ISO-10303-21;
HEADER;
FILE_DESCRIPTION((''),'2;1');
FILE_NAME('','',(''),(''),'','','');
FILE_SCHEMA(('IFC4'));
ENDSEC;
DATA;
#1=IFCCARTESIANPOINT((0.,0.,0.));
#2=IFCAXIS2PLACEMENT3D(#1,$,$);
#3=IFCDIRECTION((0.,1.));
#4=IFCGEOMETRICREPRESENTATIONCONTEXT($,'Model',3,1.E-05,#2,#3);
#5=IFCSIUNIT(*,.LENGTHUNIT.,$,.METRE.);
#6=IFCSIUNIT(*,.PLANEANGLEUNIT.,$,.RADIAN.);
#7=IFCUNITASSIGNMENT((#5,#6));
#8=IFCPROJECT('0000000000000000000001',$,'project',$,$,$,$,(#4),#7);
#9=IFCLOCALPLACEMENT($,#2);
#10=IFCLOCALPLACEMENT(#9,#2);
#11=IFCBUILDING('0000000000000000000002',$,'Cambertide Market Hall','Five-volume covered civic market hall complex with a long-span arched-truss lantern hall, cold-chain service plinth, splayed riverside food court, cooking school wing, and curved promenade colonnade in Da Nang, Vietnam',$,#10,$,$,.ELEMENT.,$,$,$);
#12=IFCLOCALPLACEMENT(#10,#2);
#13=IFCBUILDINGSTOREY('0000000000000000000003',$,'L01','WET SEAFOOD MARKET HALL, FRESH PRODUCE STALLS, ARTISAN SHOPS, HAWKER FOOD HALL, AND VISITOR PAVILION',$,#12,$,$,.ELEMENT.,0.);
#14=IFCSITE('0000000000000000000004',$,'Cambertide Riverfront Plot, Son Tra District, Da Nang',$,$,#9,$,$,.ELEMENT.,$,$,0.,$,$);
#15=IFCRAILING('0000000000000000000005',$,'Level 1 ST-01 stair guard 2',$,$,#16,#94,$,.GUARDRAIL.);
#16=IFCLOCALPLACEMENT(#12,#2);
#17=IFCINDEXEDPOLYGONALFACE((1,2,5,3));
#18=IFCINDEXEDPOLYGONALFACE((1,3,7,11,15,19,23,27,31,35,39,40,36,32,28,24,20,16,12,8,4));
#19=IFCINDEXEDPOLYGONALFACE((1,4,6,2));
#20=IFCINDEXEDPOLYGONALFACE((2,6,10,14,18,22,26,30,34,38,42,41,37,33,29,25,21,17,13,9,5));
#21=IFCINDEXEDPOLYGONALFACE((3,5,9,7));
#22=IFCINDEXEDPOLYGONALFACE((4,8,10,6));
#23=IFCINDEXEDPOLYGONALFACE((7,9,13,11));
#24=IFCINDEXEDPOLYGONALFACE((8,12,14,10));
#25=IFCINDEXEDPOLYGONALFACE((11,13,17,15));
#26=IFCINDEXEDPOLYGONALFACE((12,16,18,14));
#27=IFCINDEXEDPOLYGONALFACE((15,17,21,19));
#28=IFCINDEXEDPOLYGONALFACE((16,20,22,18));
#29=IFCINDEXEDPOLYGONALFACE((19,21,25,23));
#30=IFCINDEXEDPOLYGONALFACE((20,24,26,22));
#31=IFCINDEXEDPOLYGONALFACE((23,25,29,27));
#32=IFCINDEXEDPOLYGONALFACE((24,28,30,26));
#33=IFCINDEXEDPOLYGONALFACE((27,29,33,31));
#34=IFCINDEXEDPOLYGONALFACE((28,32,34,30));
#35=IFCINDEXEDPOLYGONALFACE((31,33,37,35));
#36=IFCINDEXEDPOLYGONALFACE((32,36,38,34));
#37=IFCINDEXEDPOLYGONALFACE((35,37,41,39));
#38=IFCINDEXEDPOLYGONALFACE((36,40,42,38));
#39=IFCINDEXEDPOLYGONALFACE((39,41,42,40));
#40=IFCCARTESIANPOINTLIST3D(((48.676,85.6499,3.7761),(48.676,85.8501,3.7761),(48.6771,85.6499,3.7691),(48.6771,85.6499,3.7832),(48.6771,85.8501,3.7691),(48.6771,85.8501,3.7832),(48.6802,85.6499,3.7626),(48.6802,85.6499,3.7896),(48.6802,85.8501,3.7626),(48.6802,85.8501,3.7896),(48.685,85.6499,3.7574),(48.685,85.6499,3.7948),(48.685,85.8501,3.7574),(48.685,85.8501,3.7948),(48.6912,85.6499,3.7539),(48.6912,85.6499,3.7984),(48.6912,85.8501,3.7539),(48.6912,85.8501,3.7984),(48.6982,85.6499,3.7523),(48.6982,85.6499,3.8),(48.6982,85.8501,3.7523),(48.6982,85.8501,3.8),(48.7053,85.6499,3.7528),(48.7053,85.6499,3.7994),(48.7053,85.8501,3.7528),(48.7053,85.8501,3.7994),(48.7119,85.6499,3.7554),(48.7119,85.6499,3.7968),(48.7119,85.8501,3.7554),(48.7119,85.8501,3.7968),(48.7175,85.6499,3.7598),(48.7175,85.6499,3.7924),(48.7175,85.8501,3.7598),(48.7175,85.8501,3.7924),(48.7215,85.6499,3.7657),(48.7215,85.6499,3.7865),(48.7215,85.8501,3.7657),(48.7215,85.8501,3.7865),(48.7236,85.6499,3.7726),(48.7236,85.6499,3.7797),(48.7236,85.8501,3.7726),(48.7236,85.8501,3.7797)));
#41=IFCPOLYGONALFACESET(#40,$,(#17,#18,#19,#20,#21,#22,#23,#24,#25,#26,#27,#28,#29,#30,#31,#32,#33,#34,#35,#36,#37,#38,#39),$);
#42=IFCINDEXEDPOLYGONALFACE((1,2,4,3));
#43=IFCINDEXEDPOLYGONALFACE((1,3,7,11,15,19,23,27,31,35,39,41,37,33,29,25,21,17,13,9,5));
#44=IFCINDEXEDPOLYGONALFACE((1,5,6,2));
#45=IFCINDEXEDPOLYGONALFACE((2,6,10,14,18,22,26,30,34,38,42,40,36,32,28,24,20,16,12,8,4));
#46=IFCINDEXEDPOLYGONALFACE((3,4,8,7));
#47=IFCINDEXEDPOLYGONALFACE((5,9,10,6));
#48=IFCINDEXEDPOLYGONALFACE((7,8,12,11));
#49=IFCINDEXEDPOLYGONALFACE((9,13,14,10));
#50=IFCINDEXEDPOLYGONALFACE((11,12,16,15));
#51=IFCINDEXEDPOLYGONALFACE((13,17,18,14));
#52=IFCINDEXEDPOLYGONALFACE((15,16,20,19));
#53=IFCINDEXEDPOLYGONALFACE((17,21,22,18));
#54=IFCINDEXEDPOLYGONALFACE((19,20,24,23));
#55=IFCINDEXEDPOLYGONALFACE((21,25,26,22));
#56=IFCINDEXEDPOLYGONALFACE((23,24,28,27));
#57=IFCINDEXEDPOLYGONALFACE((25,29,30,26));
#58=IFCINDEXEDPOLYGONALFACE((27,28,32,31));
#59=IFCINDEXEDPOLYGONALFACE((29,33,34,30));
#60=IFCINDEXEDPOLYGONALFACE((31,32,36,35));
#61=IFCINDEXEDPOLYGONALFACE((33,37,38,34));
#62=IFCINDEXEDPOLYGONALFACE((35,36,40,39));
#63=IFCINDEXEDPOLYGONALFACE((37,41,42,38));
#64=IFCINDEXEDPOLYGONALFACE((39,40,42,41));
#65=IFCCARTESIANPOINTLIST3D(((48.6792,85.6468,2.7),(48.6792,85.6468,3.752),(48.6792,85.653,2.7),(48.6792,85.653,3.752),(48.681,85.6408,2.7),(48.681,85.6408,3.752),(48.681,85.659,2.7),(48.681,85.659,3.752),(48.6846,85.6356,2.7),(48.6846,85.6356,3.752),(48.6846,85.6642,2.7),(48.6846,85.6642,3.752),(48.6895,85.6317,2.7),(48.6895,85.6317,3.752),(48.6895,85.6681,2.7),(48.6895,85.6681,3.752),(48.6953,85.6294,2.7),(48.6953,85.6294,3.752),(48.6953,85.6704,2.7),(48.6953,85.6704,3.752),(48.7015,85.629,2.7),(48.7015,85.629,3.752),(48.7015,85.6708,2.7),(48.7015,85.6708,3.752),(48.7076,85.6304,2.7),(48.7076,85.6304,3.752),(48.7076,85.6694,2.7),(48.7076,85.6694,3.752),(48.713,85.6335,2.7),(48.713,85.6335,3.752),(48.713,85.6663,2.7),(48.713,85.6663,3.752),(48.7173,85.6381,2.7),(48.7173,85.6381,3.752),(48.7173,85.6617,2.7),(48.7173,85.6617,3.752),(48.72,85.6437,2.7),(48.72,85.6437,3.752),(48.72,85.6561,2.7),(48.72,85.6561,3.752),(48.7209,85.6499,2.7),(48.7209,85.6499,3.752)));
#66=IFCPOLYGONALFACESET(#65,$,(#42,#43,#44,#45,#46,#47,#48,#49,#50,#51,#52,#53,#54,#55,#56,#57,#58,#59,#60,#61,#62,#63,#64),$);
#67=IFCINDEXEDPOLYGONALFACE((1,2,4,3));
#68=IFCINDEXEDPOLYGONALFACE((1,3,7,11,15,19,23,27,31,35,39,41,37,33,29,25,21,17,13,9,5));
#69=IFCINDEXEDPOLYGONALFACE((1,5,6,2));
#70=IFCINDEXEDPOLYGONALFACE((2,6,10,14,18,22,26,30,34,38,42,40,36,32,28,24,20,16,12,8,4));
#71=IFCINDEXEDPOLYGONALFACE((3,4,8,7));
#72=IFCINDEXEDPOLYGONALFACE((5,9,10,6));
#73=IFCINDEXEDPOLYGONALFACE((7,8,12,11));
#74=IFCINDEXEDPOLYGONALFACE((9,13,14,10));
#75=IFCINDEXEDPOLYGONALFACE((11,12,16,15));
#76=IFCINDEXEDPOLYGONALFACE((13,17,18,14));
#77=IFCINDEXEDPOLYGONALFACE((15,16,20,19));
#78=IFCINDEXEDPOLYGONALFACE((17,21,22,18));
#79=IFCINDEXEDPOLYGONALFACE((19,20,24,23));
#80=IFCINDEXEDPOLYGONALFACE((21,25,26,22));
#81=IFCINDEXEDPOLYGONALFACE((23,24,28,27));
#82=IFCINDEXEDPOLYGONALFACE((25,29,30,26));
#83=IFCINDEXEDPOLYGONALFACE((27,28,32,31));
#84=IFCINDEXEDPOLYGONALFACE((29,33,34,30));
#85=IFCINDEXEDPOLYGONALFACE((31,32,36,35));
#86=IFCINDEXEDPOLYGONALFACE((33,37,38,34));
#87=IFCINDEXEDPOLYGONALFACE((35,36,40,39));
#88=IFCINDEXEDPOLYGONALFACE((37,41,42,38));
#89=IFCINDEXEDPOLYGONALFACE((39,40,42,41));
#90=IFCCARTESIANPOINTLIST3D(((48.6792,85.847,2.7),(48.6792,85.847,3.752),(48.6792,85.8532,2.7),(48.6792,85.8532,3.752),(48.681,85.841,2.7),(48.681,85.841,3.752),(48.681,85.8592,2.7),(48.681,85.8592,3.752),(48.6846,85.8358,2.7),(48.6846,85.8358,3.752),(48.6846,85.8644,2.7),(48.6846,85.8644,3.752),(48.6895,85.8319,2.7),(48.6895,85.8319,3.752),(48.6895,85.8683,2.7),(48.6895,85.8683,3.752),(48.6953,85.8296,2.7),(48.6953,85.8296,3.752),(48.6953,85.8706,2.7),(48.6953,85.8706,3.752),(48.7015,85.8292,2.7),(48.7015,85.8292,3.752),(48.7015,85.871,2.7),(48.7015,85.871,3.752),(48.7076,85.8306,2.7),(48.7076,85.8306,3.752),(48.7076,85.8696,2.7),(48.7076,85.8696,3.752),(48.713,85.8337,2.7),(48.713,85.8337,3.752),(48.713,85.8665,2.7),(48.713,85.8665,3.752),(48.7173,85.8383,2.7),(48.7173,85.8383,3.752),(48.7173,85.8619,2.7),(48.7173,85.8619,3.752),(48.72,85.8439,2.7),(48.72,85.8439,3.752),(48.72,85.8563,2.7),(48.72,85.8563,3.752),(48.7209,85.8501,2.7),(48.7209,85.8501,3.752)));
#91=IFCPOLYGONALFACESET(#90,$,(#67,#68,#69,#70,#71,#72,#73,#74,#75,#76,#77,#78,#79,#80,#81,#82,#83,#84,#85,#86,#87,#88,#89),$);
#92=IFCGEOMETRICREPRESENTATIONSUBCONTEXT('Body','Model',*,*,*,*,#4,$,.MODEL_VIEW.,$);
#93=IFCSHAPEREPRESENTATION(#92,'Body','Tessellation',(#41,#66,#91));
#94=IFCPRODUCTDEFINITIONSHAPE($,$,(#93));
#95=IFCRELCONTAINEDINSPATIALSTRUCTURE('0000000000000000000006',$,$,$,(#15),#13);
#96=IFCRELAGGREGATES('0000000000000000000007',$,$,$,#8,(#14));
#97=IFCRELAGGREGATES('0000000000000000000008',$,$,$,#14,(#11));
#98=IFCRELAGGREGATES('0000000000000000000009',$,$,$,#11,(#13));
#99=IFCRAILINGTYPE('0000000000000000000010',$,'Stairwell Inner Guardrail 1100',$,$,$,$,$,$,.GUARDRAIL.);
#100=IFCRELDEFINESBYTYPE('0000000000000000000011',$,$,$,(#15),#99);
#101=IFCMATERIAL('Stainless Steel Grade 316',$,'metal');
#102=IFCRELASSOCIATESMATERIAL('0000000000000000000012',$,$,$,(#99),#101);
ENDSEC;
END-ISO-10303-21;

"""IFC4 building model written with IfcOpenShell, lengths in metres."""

from ifc_helpers import new_model, si_unit, direction, frame, origin, origin_2d, place, context, subcontext, project, spatial, circle, extrude, material, type_object, element, save


model = new_model("IFC4")

# Units and contexts
model_context = context("Model", 3, precision=1e-05, world=origin(), true_north=direction((0.0, 1.0)))
body_context = subcontext(model_context, "Body", "Model", "MODEL_VIEW")
ifc_project = project(units=[si_unit("LENGTHUNIT", "METRE"), si_unit("PLANEANGLEUNIT", "RADIAN")], contexts=[model_context])

# Site, building, storey
site_placement = place(None, origin())
site = spatial("IfcSite", under=ifc_project, at=site_placement, Name="Cambertide Riverfront Plot, Son Tra District, Da Nang", CompositionType="ELEMENT", RefElevation=0.0)
building_placement = place(site_placement, origin())
building = spatial("IfcBuilding", under=site, at=building_placement, Name="Cambertide Market Hall", Description="Five-volume covered civic market hall complex with a long-span arched-truss lantern hall, cold-chain service plinth, splayed riverside food court, cooking school wing, and curved promenade colonnade in Da Nang, Vietnam", CompositionType="ELEMENT")
storey_placement = place(building_placement, origin())
storey = spatial("IfcBuildingStorey", under=building, at=storey_placement, Name="L01", Description="WET SEAFOOD MARKET HALL, FRESH PRODUCE STALLS, ARTISAN SHOPS, HAWKER FOOD HALL, AND VISITOR PAVILION", CompositionType="ELEMENT", Elevation=0.0)

# Railing
ifc_material_1 = material(Name="Stainless Steel Grade 316", Category="metal")
railing_type_1 = type_object("IfcRailingType", Name="Stairwell Inner Guardrail 1100", PredefinedType="GUARDRAIL", material=ifc_material_1)
railing_1_placement = place(storey_placement, frame((48.7, 85.6499, 2.7)))
element("IfcRailing", 1, at=railing_1_placement, inside=storey, type_object=railing_type_1, Name="Level 1 ST-01 stair guard 2", PredefinedType="GUARDRAIL", context=body_context, shape_type="SweptSolid", body=[
    extrude(circle(Radius=0.0239, at=origin_2d()), frame((0.0, 0.0, 1.0762), z_axis=(0.0, 1.0, 0.0), x_axis=(-1.0, 0.0, 0.0)), (0.0, 0.0, 1.0), 0.2002),
    extrude(circle(Radius=0.021, at=origin_2d()), origin(), (0.0, 0.0, 1.0), 1.052),
    extrude(circle(Radius=0.021, at=origin_2d()), frame((0.0, 0.2002, 0.0)), (0.0, 0.0, 1.0), 1.052),
])

save(model, "model.ifc")
